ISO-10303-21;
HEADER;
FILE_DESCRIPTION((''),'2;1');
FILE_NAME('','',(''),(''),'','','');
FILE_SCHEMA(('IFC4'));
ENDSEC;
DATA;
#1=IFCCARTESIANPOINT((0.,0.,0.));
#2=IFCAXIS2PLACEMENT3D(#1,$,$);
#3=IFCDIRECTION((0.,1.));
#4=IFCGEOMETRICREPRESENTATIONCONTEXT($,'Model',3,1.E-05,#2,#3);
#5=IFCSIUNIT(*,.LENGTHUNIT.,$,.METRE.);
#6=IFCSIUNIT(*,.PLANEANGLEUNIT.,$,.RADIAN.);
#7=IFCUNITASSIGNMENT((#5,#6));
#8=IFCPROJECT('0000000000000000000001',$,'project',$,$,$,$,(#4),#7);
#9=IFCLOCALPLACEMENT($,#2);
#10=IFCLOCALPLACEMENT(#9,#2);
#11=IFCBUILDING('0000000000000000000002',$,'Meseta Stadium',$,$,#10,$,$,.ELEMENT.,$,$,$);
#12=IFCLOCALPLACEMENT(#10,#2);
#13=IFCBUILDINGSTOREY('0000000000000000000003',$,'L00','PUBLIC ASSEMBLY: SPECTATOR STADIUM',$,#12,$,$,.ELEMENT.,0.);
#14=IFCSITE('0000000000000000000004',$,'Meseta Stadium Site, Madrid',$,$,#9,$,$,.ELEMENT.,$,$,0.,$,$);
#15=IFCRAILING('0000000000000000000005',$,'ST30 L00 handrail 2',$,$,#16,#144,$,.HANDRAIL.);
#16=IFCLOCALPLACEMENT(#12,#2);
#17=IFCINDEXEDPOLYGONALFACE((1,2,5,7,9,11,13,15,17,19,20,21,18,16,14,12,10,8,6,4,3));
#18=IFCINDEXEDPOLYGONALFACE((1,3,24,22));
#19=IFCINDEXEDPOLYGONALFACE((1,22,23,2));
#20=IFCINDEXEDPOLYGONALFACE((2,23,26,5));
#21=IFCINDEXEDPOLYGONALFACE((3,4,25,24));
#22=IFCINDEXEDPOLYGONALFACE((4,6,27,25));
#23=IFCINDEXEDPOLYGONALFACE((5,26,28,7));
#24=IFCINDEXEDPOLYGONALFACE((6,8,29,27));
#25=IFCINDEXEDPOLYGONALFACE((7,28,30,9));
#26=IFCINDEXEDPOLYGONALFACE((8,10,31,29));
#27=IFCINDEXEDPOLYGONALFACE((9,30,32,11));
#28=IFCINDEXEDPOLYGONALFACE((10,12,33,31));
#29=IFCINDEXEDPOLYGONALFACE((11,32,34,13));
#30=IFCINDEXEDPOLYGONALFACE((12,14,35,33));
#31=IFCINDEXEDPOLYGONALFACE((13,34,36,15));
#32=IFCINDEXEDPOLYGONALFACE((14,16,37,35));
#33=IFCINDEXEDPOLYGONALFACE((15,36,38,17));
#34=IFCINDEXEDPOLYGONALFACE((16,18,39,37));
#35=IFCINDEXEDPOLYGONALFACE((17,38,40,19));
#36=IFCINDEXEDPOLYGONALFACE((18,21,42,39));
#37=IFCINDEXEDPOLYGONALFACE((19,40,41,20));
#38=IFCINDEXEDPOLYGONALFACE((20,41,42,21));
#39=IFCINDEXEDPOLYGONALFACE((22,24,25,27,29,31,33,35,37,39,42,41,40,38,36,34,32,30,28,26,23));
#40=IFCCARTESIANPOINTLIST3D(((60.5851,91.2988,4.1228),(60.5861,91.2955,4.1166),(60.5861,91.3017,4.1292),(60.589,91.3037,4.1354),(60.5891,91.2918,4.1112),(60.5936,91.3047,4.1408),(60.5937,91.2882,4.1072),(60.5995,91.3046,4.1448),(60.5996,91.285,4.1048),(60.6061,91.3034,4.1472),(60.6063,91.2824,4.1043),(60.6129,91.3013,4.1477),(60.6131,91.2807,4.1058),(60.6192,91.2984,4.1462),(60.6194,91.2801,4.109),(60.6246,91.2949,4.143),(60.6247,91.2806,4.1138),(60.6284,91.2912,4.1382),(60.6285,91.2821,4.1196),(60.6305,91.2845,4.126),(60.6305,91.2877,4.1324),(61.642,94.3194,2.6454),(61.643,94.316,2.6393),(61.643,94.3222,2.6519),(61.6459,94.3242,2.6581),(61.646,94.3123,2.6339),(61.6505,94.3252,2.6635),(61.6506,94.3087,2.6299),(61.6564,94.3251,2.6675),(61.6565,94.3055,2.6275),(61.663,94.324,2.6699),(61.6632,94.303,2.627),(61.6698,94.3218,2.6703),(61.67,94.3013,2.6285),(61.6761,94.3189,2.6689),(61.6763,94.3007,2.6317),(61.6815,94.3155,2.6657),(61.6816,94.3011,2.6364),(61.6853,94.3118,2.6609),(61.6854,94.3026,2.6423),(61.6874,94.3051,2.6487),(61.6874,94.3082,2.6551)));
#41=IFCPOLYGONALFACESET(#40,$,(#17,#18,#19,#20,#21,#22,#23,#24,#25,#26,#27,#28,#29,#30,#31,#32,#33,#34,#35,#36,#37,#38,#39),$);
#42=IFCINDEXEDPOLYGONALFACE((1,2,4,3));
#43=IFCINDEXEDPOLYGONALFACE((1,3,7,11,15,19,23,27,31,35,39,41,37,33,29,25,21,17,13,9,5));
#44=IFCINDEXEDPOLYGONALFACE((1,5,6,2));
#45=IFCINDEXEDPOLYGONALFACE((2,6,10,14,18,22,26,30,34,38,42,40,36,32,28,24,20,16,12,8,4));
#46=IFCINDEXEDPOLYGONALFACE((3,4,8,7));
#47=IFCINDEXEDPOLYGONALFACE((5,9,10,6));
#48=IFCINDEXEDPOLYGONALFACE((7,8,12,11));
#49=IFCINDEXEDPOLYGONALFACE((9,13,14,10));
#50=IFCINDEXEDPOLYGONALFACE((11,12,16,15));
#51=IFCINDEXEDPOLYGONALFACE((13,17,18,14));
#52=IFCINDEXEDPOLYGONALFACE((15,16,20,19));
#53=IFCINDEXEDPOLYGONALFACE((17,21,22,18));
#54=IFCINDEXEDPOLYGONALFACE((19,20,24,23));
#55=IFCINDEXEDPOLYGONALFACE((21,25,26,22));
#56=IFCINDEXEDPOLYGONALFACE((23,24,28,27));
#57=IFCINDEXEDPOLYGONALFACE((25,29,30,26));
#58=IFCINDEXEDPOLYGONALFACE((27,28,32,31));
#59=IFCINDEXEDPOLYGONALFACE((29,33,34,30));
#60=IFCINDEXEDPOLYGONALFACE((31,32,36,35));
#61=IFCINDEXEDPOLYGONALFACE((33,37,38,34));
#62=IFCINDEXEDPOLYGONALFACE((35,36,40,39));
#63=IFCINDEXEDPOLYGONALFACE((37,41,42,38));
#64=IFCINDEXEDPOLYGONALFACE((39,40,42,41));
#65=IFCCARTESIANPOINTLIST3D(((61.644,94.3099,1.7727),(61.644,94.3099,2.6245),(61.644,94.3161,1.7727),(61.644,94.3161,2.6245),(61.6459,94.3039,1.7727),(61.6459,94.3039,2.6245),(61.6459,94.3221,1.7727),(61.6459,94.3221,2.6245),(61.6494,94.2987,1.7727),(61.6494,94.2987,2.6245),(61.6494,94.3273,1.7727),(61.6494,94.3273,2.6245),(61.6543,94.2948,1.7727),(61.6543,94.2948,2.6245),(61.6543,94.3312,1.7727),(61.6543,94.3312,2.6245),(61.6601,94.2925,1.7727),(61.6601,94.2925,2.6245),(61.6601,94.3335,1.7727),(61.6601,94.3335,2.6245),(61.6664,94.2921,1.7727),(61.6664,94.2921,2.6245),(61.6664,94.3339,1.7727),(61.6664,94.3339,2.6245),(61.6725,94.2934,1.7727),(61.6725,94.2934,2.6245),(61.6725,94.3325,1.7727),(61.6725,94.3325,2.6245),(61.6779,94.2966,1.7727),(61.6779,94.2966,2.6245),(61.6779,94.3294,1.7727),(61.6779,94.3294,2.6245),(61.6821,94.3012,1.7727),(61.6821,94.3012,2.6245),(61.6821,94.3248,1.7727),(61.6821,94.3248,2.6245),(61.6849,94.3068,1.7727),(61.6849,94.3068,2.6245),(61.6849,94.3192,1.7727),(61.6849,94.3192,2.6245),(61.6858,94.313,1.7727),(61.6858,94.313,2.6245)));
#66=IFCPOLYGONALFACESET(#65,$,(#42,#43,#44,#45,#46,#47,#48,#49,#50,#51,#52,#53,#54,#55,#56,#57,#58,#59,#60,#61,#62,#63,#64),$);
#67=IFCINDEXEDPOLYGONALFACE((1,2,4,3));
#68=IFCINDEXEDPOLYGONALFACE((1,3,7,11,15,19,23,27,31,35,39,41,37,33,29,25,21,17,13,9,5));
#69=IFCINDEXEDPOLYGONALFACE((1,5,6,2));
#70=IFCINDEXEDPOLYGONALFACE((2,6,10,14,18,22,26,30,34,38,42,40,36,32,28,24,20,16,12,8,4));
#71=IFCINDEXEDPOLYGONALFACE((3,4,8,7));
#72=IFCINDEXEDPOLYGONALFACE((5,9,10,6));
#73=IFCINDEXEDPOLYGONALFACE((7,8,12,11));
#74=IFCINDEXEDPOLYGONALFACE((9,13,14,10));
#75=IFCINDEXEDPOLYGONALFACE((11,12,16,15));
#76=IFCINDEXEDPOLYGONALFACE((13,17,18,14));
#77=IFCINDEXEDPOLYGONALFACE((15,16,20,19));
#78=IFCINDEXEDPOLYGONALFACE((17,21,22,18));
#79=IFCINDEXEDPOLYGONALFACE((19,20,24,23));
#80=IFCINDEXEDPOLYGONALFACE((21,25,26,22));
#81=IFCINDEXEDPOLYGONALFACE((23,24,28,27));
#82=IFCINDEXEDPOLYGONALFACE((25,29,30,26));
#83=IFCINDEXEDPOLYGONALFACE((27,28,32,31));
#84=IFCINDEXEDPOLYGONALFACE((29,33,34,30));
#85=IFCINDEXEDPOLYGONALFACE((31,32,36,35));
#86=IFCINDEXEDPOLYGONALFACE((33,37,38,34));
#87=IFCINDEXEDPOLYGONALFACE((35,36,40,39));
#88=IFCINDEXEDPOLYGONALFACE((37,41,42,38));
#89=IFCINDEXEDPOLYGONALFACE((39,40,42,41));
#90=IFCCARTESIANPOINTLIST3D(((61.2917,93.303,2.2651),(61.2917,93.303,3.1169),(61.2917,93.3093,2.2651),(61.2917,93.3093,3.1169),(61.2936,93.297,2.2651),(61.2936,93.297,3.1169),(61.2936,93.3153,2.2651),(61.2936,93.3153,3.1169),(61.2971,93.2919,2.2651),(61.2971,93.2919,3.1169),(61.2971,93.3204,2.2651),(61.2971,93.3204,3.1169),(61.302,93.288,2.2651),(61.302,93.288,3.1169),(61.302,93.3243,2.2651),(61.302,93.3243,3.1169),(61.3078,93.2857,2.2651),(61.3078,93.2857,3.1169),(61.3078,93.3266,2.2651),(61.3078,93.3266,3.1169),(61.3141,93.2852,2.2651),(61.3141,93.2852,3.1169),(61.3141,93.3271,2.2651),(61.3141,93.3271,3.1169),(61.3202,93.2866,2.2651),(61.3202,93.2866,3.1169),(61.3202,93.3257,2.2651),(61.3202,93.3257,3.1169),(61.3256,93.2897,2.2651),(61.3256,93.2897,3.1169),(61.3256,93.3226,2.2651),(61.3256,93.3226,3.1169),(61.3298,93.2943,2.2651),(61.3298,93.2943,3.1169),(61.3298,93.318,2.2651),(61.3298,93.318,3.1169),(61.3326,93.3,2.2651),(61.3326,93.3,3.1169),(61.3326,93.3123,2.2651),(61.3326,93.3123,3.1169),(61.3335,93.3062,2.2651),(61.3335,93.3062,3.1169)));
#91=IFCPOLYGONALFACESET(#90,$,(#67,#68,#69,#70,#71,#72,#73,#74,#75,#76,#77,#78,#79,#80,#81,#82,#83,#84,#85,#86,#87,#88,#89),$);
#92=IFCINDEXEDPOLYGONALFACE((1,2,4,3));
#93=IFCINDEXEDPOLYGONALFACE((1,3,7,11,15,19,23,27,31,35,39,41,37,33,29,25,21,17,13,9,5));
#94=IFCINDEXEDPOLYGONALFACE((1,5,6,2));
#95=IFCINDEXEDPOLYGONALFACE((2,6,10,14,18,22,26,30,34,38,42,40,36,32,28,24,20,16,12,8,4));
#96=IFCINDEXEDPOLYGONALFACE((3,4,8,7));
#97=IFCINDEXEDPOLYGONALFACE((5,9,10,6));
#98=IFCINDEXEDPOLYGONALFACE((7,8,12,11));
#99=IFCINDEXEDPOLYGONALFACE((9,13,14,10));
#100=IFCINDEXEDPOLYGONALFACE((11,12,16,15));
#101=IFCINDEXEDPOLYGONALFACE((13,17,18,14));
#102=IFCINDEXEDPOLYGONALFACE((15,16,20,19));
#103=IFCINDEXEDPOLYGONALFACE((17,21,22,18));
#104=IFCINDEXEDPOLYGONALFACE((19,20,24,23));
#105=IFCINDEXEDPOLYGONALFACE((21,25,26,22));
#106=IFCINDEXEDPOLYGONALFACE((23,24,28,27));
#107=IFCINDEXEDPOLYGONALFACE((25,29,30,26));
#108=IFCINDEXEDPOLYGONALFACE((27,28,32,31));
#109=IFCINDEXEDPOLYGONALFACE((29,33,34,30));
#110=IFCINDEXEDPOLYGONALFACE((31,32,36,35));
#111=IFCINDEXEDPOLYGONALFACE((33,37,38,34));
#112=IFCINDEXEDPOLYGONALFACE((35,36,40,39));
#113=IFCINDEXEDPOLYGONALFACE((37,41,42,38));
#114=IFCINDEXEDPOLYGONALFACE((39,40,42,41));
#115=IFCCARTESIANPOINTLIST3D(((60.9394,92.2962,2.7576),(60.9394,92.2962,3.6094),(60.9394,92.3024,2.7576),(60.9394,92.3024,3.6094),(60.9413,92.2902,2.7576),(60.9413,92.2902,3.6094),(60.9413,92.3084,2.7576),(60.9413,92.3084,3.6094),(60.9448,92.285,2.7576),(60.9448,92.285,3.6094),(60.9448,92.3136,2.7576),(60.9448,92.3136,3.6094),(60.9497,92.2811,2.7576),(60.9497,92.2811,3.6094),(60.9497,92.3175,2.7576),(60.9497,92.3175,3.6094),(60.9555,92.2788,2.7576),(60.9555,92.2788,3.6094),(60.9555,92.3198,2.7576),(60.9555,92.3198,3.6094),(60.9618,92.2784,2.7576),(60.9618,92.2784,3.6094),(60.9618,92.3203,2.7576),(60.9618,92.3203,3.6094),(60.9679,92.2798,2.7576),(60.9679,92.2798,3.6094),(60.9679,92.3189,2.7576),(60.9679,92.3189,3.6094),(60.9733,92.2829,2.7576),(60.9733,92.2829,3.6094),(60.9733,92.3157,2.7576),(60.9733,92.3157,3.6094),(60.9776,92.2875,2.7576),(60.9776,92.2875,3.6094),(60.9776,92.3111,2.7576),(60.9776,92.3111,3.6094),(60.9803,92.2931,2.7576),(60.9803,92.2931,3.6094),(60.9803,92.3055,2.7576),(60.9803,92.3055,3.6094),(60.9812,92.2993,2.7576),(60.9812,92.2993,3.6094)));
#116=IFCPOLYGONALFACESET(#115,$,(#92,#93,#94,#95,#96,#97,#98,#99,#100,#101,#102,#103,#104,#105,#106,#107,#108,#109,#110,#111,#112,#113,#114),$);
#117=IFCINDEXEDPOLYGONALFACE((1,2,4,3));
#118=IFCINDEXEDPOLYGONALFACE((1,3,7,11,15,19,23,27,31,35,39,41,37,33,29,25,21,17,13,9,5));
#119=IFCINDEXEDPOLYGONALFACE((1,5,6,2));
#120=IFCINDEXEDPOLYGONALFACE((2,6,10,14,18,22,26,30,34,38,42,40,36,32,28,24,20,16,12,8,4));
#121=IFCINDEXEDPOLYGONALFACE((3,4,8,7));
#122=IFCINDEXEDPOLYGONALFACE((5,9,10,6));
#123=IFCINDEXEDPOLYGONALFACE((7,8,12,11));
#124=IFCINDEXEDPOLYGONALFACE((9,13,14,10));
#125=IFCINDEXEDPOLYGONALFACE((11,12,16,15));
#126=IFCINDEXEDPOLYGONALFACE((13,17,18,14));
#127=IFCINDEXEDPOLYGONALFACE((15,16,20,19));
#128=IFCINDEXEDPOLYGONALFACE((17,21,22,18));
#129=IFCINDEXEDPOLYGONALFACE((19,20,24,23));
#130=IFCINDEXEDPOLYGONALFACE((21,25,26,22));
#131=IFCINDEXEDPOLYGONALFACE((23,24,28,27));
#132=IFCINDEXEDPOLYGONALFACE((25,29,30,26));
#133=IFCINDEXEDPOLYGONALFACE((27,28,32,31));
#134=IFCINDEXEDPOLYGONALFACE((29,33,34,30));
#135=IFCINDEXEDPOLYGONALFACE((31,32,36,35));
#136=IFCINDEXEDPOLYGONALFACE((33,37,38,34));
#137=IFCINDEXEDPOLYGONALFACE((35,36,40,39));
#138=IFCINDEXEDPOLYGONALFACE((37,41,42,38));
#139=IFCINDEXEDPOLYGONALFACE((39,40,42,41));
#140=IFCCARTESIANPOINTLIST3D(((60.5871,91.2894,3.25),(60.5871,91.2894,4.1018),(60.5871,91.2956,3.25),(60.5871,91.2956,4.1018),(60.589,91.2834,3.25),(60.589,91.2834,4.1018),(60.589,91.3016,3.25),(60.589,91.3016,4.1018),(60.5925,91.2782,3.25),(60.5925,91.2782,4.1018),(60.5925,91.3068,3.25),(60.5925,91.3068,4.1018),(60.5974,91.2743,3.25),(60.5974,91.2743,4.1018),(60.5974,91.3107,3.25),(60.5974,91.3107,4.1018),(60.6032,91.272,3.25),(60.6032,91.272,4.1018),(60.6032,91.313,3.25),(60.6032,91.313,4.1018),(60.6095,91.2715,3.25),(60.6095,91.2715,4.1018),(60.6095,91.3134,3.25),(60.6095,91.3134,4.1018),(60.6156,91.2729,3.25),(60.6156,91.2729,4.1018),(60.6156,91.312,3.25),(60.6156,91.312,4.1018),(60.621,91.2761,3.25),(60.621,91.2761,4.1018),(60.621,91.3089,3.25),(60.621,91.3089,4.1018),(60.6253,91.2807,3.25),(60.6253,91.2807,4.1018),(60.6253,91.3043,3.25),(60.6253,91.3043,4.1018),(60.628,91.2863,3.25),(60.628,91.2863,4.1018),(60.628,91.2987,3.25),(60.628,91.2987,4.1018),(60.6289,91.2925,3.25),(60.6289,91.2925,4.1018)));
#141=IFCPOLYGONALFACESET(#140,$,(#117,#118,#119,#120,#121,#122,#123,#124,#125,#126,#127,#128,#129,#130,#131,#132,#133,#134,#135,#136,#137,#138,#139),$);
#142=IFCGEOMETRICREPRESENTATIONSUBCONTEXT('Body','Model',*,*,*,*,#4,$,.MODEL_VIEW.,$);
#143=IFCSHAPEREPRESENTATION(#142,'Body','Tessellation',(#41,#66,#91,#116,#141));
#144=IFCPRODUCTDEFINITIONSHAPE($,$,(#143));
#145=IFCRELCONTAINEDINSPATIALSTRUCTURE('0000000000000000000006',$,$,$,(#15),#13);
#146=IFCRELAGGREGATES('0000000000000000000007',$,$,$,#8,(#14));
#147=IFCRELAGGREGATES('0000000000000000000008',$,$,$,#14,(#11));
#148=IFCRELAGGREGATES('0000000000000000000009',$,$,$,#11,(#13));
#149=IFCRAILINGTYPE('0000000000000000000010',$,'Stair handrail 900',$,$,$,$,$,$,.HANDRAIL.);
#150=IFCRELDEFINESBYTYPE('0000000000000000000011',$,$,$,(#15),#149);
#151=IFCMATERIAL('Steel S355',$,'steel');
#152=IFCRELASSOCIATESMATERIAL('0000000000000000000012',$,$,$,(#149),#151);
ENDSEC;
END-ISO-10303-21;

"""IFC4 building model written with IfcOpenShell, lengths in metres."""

from ifc_helpers import new_model, si_unit, direction, frame, origin, origin_2d, place, context, subcontext, project, spatial, circle, extrude, material, type_object, element, save


model = new_model("IFC4")

# Units and contexts
model_context = context("Model", 3, precision=1e-05, world=origin(), true_north=direction((0.0, 1.0)))
body_context = subcontext(model_context, "Body", "Model", "MODEL_VIEW")
ifc_project = project(units=[si_unit("LENGTHUNIT", "METRE"), si_unit("PLANEANGLEUNIT", "RADIAN")], contexts=[model_context])

# Site, building, storey
site_placement = place(None, origin())
site = spatial("IfcSite", under=ifc_project, at=site_placement, Name="Meseta Stadium Site, Madrid", CompositionType="ELEMENT", RefElevation=0.0)
building_placement = place(site_placement, origin())
building = spatial("IfcBuilding", under=site, at=building_placement, Name="Meseta Stadium", CompositionType="ELEMENT")
storey_placement = place(building_placement, origin())
storey = spatial("IfcBuildingStorey", under=building, at=storey_placement, Name="L00", Description="PUBLIC ASSEMBLY: SPECTATOR STADIUM", CompositionType="ELEMENT", Elevation=0.0)

# Railing
ifc_material_1 = material(Name="Steel S355", Category="steel")
railing_type_1 = type_object("IfcRailingType", Name="Stair handrail 900", PredefinedType="HANDRAIL", material=ifc_material_1)
for number, where, name in (
    (1, (61.6648, 94.313, 1.7727), "ST30 L00 handrail 2"),
):
    element("IfcRailing", number, at=place(storey_placement, frame(where)), inside=storey, type_object=railing_type_1, Name=name, PredefinedType="HANDRAIL", context=body_context, shape_type="SweptSolid", body=[
        extrude(circle(Radius=0.0239, at=origin_2d()), frame((0.0, 0.0, 0.876), z_axis=(-0.299859, -0.856977, 0.419137), x_axis=(0.943887, -0.330269, 0.0)), (0.0, 0.0, 1.0), 3.5247),
        extrude(circle(Radius=0.021, at=origin_2d()), origin(), (0.0, 0.0, 1.0), 0.8518),
        extrude(circle(Radius=0.021, at=origin_2d()), frame((-0.3523, -1.0068, 0.4924)), (0.0, 0.0, 1.0), 0.8518),
        extrude(circle(Radius=0.021, at=origin_2d()), frame((-0.7046, -2.0137, 0.9849)), (0.0, 0.0, 1.0), 0.8518),
        extrude(circle(Radius=0.021, at=origin_2d()), frame((-1.0569, -3.0205, 1.4773)), (0.0, 0.0, 1.0), 0.8518),
    ])

save(model, "model.ifc")
